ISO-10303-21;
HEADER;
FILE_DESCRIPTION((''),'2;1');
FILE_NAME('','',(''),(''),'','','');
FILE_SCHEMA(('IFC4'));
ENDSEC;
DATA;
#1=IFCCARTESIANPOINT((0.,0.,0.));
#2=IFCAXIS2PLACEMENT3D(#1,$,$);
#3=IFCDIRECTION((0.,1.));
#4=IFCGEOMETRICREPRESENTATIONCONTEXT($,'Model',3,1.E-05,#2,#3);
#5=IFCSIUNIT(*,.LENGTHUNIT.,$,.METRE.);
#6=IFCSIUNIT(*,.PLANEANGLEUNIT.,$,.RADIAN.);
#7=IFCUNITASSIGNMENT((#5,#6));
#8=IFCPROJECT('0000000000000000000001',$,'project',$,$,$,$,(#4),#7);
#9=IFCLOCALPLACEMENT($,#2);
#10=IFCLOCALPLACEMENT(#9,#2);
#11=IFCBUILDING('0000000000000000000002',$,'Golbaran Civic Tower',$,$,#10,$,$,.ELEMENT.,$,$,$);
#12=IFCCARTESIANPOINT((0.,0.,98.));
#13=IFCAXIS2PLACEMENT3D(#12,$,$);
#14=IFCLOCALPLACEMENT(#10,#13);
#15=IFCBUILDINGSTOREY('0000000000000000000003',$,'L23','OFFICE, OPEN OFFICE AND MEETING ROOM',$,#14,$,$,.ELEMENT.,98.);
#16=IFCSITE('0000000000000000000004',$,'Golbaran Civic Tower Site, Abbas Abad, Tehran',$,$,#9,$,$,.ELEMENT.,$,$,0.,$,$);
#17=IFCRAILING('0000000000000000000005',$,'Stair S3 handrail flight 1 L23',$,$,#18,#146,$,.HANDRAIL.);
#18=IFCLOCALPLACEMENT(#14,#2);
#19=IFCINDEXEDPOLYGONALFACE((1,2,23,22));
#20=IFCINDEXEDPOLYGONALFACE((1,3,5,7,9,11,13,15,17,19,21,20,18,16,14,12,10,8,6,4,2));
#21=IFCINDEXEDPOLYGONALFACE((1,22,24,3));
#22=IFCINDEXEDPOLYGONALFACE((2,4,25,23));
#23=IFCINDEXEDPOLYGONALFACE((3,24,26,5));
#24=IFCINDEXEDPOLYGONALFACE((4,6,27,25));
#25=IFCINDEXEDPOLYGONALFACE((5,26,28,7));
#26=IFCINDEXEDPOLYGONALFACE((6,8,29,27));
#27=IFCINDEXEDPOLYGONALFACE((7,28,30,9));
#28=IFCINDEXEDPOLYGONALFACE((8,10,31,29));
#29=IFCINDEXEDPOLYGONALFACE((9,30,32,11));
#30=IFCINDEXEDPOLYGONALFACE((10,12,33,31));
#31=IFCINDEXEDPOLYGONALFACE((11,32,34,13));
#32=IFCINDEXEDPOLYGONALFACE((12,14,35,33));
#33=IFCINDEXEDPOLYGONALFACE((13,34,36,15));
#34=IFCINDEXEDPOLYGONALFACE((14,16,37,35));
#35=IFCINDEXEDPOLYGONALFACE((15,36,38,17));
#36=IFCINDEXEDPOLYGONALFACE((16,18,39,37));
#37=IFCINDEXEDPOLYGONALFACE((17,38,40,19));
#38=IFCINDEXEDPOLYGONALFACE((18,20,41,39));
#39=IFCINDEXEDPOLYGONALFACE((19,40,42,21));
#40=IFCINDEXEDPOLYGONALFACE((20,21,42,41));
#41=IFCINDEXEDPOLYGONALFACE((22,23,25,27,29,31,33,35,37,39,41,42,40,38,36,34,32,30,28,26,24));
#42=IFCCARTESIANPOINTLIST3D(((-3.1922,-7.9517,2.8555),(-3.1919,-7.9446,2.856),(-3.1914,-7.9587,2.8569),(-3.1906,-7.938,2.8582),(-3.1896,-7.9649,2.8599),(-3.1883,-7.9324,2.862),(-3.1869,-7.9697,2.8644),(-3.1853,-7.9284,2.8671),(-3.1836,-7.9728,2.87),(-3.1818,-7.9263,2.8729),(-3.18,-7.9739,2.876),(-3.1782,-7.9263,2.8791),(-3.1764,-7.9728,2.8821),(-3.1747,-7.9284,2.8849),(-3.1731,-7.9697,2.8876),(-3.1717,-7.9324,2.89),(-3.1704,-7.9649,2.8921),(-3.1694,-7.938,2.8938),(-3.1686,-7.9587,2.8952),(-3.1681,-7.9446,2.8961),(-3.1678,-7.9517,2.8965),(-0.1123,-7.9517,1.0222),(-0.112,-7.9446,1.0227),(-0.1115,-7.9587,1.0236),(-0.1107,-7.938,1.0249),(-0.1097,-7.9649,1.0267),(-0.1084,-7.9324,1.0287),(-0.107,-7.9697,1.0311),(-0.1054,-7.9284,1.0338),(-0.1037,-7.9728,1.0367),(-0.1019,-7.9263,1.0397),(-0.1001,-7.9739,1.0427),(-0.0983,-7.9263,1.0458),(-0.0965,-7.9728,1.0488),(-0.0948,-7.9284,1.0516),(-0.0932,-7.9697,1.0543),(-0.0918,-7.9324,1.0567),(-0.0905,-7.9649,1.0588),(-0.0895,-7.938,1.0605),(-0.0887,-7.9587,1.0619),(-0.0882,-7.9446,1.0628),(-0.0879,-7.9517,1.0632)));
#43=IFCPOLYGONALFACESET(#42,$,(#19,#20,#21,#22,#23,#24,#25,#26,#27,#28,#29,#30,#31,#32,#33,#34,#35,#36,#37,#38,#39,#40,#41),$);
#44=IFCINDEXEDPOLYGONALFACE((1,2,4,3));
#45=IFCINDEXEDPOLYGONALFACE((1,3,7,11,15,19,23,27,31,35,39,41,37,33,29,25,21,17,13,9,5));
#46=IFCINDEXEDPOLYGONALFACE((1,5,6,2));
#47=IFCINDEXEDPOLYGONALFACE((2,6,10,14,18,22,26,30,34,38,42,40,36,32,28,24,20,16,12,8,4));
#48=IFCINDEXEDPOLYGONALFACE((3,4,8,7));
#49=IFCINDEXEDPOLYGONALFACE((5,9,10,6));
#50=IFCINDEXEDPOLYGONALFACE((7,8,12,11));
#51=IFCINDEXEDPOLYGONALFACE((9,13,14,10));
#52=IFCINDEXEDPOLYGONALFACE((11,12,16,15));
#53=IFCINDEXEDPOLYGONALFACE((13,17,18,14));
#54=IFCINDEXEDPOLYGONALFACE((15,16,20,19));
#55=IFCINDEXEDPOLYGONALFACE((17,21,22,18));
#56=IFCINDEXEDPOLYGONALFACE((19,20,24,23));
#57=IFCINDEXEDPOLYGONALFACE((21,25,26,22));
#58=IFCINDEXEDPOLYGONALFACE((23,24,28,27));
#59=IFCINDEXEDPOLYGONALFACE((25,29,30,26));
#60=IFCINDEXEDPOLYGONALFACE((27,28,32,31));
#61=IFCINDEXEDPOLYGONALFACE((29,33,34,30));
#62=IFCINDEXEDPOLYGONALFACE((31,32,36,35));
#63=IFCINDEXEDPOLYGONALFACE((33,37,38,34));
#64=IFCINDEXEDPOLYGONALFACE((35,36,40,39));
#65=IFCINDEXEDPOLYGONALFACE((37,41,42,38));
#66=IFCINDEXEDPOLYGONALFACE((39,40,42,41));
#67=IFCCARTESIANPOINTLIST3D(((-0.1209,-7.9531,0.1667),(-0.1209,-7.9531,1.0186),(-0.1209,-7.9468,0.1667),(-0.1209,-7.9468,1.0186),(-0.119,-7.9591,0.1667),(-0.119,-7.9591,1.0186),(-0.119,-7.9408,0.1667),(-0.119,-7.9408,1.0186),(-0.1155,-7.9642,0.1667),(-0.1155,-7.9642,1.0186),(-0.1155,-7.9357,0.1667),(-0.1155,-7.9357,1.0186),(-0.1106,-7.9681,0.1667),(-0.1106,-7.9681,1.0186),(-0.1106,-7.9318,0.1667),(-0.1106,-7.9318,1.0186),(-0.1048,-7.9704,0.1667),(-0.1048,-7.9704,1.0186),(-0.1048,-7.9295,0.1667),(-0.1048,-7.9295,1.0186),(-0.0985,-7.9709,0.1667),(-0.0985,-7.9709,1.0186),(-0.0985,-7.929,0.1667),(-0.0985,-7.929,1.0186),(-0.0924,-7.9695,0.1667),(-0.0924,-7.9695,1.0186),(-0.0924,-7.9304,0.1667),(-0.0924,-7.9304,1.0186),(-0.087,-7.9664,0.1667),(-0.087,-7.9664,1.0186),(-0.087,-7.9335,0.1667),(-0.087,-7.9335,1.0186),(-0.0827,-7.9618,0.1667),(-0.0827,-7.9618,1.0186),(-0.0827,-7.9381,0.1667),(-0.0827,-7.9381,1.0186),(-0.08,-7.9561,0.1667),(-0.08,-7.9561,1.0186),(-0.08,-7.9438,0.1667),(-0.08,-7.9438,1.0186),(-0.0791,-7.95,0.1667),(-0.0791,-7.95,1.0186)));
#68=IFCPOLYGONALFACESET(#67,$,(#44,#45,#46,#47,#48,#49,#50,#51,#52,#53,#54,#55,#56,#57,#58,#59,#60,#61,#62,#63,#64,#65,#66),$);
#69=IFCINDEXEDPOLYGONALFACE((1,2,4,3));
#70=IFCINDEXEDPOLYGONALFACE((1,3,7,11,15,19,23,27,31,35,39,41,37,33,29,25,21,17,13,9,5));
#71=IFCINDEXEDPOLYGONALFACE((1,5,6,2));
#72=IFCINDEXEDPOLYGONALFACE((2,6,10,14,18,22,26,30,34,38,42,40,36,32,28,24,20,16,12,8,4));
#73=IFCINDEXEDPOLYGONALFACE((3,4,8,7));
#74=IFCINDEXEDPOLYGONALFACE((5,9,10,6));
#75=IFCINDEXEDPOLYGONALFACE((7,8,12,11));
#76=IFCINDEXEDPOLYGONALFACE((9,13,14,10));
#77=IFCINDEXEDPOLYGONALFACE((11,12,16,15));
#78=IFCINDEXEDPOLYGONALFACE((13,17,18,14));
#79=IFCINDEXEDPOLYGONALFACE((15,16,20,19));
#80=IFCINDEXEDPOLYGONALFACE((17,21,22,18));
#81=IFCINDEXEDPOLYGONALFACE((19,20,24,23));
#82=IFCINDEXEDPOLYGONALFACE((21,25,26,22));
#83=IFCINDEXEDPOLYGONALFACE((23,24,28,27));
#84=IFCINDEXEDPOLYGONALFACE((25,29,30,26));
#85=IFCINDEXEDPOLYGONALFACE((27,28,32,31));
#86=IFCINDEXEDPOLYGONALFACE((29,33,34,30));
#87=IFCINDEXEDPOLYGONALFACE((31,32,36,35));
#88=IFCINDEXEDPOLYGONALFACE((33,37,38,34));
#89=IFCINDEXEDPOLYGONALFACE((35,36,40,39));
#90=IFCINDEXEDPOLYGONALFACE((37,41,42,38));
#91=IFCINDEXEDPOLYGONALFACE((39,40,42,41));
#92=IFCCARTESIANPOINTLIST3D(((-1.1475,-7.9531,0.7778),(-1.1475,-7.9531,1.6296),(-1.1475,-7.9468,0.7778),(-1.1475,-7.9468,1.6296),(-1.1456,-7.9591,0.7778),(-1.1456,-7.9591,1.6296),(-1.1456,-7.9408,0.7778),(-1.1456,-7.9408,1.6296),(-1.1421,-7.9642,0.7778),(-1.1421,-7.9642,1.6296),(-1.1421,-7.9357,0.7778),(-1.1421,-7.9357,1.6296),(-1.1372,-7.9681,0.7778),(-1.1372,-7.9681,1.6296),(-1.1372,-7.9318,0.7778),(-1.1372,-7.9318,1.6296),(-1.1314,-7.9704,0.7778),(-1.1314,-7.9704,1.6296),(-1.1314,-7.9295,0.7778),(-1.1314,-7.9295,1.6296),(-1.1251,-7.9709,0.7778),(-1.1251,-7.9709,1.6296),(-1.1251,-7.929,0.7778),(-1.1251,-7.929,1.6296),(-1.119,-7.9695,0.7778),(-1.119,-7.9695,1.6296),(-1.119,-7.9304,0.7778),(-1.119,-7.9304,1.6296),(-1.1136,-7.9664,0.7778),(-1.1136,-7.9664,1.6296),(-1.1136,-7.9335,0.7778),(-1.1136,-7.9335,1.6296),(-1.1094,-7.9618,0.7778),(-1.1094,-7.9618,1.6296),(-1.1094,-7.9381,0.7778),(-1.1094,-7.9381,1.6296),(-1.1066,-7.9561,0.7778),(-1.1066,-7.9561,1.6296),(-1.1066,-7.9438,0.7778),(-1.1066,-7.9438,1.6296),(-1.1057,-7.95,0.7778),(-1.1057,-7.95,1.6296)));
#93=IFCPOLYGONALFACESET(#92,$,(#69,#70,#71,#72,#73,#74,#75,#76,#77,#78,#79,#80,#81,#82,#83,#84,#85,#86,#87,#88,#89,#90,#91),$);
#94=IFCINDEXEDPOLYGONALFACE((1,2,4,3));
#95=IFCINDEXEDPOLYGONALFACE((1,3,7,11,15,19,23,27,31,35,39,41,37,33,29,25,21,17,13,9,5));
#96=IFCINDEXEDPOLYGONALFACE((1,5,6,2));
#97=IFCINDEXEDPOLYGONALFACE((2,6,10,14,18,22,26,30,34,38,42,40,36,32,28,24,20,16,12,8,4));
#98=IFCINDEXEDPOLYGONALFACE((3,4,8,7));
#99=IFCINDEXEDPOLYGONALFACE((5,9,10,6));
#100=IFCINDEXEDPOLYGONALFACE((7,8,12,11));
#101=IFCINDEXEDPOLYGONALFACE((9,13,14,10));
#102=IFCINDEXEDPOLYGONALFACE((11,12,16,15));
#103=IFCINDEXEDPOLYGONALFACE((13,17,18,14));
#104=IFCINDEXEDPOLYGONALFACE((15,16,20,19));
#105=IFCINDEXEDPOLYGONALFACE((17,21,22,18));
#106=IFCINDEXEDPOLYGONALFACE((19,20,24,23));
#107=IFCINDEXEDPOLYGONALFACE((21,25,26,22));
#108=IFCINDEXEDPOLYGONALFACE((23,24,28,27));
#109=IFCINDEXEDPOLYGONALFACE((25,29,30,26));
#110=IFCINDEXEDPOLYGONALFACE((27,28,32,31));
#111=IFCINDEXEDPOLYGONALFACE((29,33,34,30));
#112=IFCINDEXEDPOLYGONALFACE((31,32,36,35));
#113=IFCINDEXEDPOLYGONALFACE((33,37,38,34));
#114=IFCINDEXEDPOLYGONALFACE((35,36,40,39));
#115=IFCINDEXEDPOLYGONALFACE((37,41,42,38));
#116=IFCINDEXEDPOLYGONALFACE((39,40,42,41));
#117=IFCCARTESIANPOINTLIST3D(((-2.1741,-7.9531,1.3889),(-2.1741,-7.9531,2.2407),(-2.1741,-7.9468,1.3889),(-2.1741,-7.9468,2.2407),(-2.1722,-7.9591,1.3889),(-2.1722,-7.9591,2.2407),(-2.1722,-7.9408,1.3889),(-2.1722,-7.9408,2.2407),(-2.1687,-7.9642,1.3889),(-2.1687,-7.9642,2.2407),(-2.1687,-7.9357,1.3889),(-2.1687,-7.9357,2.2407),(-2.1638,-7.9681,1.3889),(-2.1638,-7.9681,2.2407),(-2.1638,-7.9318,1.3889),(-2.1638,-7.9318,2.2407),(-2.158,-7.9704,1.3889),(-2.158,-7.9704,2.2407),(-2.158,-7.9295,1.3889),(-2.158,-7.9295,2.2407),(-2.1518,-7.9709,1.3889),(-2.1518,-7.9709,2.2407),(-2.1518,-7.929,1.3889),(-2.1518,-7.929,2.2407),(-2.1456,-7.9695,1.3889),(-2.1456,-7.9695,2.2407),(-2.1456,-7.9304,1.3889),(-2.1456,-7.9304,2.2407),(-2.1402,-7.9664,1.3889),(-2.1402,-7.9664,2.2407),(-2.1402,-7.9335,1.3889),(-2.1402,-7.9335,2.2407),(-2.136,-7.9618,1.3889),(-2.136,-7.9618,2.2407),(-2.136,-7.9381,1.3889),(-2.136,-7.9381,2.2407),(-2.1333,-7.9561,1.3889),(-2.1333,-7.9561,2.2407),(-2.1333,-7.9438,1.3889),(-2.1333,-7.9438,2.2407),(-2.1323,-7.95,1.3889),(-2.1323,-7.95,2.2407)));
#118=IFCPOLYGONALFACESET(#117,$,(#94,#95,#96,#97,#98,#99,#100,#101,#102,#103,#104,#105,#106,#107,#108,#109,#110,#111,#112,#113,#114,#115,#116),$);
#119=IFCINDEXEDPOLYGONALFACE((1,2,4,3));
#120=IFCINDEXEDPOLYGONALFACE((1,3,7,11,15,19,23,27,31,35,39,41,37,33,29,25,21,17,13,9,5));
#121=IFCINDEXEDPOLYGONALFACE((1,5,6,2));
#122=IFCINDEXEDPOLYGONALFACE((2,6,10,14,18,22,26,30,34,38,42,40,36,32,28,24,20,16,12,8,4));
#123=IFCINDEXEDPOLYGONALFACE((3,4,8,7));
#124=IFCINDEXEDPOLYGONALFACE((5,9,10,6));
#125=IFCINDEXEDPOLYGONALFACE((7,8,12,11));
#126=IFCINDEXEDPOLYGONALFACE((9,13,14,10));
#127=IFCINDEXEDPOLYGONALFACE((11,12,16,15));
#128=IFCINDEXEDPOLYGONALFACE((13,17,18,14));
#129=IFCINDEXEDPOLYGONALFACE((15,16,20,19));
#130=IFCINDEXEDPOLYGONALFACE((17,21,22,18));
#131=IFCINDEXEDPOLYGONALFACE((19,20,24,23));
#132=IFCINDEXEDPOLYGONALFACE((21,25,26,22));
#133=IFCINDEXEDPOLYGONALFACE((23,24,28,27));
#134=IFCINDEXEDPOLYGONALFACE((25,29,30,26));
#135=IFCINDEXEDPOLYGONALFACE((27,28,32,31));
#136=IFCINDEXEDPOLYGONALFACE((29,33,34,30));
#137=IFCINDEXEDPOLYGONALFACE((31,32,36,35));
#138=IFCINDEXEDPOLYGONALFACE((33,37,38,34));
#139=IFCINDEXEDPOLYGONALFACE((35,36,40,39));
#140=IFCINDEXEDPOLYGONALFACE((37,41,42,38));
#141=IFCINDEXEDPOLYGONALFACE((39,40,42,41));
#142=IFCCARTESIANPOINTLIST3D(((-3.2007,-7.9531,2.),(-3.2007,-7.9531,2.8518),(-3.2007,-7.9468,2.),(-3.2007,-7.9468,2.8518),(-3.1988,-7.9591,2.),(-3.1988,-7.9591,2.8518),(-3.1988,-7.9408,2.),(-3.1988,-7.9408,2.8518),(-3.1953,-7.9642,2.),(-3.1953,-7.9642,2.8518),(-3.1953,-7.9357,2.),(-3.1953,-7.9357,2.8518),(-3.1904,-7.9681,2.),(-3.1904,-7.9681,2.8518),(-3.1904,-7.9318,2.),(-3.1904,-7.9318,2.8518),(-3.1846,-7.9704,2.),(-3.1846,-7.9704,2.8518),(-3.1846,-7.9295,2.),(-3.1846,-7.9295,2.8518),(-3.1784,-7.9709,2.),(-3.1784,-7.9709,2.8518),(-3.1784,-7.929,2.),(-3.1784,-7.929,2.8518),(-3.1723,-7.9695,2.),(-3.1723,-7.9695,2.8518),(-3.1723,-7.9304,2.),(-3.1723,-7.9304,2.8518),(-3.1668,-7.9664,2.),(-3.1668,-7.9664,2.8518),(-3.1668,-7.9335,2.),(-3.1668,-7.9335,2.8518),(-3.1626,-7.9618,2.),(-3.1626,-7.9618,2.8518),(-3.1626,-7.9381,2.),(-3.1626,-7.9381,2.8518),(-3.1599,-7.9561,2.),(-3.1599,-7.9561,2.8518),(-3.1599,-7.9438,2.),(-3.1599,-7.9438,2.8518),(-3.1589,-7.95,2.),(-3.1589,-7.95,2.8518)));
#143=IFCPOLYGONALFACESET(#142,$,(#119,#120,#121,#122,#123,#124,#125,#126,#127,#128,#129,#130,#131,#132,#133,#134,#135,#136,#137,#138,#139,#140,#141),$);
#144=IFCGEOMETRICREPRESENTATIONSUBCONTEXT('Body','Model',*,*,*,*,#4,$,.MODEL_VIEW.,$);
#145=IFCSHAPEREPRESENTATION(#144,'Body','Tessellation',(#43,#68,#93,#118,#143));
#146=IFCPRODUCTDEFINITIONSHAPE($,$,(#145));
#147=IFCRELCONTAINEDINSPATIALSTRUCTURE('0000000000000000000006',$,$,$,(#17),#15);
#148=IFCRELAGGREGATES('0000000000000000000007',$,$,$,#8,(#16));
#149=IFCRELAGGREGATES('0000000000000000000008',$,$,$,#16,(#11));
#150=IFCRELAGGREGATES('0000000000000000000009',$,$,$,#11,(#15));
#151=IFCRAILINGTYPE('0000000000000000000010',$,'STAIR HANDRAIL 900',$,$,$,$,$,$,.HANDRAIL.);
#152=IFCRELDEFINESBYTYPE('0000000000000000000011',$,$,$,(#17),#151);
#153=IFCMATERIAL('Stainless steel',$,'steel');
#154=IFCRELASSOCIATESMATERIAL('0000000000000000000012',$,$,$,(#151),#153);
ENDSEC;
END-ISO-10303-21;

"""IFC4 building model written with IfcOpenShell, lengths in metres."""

from ifc_helpers import new_model, si_unit, direction, frame, origin, origin_2d, place, context, subcontext, project, spatial, circle, extrude, material, type_object, element, save


model = new_model("IFC4")

# Units and contexts
model_context = context("Model", 3, precision=1e-05, world=origin(), true_north=direction((0.0, 1.0)))
body_context = subcontext(model_context, "Body", "Model", "MODEL_VIEW")
ifc_project = project(units=[si_unit("LENGTHUNIT", "METRE"), si_unit("PLANEANGLEUNIT", "RADIAN")], contexts=[model_context])

# Site, building, storey
site_placement = place(None, origin())
site = spatial("IfcSite", under=ifc_project, at=site_placement, Name="Golbaran Civic Tower Site, Abbas Abad, Tehran", CompositionType="ELEMENT", RefElevation=0.0)
building_placement = place(site_placement, origin())
building = spatial("IfcBuilding", under=site, at=building_placement, Name="Golbaran Civic Tower", CompositionType="ELEMENT")
storey_placement = place(building_placement, frame((0.0, 0.0, 98.0)))
storey = spatial("IfcBuildingStorey", under=building, at=storey_placement, Name="L23", Description="OFFICE, OPEN OFFICE AND MEETING ROOM", CompositionType="ELEMENT", Elevation=98.0)

# Shared definitions
ifc_material_1 = material(Name="Stainless steel", Category="steel")

# Railing
railing_type = type_object("IfcRailingType", Name="STAIR HANDRAIL 900", PredefinedType="HANDRAIL", material=ifc_material_1)
railing_1_placement = place(storey_placement, frame((-0.1001, -7.95, 0.1667)))
element("IfcRailing", 1, at=railing_1_placement, inside=storey, type_object=railing_type, Name="Stair S3 handrail flight 1 L23", PredefinedType="HANDRAIL", context=body_context, shape_type="SweptSolid", body=[
    extrude(circle(Radius=0.0239, at=origin_2d()), frame((0.0, 0.0, 0.876), z_axis=(-0.859291, 0.0, 0.511487), x_axis=(0.0, -1.0, 0.0)), (0.0, 0.0, 1.0), 3.5842),
    extrude(circle(Radius=0.021, at=origin_2d()), origin(), (0.0, 0.0, 1.0), 0.8518),
    extrude(circle(Radius=0.021, at=origin_2d()), frame((-1.0266, 0.0, 0.6111)), (0.0, 0.0, 1.0), 0.8518),
    extrude(circle(Radius=0.021, at=origin_2d()), frame((-2.0532, 0.0, 1.2222)), (0.0, 0.0, 1.0), 0.8518),
    extrude(circle(Radius=0.021, at=origin_2d()), frame((-3.0798, 0.0, 1.8333)), (0.0, 0.0, 1.0), 0.8518),
])

save(model, "model.ifc")
